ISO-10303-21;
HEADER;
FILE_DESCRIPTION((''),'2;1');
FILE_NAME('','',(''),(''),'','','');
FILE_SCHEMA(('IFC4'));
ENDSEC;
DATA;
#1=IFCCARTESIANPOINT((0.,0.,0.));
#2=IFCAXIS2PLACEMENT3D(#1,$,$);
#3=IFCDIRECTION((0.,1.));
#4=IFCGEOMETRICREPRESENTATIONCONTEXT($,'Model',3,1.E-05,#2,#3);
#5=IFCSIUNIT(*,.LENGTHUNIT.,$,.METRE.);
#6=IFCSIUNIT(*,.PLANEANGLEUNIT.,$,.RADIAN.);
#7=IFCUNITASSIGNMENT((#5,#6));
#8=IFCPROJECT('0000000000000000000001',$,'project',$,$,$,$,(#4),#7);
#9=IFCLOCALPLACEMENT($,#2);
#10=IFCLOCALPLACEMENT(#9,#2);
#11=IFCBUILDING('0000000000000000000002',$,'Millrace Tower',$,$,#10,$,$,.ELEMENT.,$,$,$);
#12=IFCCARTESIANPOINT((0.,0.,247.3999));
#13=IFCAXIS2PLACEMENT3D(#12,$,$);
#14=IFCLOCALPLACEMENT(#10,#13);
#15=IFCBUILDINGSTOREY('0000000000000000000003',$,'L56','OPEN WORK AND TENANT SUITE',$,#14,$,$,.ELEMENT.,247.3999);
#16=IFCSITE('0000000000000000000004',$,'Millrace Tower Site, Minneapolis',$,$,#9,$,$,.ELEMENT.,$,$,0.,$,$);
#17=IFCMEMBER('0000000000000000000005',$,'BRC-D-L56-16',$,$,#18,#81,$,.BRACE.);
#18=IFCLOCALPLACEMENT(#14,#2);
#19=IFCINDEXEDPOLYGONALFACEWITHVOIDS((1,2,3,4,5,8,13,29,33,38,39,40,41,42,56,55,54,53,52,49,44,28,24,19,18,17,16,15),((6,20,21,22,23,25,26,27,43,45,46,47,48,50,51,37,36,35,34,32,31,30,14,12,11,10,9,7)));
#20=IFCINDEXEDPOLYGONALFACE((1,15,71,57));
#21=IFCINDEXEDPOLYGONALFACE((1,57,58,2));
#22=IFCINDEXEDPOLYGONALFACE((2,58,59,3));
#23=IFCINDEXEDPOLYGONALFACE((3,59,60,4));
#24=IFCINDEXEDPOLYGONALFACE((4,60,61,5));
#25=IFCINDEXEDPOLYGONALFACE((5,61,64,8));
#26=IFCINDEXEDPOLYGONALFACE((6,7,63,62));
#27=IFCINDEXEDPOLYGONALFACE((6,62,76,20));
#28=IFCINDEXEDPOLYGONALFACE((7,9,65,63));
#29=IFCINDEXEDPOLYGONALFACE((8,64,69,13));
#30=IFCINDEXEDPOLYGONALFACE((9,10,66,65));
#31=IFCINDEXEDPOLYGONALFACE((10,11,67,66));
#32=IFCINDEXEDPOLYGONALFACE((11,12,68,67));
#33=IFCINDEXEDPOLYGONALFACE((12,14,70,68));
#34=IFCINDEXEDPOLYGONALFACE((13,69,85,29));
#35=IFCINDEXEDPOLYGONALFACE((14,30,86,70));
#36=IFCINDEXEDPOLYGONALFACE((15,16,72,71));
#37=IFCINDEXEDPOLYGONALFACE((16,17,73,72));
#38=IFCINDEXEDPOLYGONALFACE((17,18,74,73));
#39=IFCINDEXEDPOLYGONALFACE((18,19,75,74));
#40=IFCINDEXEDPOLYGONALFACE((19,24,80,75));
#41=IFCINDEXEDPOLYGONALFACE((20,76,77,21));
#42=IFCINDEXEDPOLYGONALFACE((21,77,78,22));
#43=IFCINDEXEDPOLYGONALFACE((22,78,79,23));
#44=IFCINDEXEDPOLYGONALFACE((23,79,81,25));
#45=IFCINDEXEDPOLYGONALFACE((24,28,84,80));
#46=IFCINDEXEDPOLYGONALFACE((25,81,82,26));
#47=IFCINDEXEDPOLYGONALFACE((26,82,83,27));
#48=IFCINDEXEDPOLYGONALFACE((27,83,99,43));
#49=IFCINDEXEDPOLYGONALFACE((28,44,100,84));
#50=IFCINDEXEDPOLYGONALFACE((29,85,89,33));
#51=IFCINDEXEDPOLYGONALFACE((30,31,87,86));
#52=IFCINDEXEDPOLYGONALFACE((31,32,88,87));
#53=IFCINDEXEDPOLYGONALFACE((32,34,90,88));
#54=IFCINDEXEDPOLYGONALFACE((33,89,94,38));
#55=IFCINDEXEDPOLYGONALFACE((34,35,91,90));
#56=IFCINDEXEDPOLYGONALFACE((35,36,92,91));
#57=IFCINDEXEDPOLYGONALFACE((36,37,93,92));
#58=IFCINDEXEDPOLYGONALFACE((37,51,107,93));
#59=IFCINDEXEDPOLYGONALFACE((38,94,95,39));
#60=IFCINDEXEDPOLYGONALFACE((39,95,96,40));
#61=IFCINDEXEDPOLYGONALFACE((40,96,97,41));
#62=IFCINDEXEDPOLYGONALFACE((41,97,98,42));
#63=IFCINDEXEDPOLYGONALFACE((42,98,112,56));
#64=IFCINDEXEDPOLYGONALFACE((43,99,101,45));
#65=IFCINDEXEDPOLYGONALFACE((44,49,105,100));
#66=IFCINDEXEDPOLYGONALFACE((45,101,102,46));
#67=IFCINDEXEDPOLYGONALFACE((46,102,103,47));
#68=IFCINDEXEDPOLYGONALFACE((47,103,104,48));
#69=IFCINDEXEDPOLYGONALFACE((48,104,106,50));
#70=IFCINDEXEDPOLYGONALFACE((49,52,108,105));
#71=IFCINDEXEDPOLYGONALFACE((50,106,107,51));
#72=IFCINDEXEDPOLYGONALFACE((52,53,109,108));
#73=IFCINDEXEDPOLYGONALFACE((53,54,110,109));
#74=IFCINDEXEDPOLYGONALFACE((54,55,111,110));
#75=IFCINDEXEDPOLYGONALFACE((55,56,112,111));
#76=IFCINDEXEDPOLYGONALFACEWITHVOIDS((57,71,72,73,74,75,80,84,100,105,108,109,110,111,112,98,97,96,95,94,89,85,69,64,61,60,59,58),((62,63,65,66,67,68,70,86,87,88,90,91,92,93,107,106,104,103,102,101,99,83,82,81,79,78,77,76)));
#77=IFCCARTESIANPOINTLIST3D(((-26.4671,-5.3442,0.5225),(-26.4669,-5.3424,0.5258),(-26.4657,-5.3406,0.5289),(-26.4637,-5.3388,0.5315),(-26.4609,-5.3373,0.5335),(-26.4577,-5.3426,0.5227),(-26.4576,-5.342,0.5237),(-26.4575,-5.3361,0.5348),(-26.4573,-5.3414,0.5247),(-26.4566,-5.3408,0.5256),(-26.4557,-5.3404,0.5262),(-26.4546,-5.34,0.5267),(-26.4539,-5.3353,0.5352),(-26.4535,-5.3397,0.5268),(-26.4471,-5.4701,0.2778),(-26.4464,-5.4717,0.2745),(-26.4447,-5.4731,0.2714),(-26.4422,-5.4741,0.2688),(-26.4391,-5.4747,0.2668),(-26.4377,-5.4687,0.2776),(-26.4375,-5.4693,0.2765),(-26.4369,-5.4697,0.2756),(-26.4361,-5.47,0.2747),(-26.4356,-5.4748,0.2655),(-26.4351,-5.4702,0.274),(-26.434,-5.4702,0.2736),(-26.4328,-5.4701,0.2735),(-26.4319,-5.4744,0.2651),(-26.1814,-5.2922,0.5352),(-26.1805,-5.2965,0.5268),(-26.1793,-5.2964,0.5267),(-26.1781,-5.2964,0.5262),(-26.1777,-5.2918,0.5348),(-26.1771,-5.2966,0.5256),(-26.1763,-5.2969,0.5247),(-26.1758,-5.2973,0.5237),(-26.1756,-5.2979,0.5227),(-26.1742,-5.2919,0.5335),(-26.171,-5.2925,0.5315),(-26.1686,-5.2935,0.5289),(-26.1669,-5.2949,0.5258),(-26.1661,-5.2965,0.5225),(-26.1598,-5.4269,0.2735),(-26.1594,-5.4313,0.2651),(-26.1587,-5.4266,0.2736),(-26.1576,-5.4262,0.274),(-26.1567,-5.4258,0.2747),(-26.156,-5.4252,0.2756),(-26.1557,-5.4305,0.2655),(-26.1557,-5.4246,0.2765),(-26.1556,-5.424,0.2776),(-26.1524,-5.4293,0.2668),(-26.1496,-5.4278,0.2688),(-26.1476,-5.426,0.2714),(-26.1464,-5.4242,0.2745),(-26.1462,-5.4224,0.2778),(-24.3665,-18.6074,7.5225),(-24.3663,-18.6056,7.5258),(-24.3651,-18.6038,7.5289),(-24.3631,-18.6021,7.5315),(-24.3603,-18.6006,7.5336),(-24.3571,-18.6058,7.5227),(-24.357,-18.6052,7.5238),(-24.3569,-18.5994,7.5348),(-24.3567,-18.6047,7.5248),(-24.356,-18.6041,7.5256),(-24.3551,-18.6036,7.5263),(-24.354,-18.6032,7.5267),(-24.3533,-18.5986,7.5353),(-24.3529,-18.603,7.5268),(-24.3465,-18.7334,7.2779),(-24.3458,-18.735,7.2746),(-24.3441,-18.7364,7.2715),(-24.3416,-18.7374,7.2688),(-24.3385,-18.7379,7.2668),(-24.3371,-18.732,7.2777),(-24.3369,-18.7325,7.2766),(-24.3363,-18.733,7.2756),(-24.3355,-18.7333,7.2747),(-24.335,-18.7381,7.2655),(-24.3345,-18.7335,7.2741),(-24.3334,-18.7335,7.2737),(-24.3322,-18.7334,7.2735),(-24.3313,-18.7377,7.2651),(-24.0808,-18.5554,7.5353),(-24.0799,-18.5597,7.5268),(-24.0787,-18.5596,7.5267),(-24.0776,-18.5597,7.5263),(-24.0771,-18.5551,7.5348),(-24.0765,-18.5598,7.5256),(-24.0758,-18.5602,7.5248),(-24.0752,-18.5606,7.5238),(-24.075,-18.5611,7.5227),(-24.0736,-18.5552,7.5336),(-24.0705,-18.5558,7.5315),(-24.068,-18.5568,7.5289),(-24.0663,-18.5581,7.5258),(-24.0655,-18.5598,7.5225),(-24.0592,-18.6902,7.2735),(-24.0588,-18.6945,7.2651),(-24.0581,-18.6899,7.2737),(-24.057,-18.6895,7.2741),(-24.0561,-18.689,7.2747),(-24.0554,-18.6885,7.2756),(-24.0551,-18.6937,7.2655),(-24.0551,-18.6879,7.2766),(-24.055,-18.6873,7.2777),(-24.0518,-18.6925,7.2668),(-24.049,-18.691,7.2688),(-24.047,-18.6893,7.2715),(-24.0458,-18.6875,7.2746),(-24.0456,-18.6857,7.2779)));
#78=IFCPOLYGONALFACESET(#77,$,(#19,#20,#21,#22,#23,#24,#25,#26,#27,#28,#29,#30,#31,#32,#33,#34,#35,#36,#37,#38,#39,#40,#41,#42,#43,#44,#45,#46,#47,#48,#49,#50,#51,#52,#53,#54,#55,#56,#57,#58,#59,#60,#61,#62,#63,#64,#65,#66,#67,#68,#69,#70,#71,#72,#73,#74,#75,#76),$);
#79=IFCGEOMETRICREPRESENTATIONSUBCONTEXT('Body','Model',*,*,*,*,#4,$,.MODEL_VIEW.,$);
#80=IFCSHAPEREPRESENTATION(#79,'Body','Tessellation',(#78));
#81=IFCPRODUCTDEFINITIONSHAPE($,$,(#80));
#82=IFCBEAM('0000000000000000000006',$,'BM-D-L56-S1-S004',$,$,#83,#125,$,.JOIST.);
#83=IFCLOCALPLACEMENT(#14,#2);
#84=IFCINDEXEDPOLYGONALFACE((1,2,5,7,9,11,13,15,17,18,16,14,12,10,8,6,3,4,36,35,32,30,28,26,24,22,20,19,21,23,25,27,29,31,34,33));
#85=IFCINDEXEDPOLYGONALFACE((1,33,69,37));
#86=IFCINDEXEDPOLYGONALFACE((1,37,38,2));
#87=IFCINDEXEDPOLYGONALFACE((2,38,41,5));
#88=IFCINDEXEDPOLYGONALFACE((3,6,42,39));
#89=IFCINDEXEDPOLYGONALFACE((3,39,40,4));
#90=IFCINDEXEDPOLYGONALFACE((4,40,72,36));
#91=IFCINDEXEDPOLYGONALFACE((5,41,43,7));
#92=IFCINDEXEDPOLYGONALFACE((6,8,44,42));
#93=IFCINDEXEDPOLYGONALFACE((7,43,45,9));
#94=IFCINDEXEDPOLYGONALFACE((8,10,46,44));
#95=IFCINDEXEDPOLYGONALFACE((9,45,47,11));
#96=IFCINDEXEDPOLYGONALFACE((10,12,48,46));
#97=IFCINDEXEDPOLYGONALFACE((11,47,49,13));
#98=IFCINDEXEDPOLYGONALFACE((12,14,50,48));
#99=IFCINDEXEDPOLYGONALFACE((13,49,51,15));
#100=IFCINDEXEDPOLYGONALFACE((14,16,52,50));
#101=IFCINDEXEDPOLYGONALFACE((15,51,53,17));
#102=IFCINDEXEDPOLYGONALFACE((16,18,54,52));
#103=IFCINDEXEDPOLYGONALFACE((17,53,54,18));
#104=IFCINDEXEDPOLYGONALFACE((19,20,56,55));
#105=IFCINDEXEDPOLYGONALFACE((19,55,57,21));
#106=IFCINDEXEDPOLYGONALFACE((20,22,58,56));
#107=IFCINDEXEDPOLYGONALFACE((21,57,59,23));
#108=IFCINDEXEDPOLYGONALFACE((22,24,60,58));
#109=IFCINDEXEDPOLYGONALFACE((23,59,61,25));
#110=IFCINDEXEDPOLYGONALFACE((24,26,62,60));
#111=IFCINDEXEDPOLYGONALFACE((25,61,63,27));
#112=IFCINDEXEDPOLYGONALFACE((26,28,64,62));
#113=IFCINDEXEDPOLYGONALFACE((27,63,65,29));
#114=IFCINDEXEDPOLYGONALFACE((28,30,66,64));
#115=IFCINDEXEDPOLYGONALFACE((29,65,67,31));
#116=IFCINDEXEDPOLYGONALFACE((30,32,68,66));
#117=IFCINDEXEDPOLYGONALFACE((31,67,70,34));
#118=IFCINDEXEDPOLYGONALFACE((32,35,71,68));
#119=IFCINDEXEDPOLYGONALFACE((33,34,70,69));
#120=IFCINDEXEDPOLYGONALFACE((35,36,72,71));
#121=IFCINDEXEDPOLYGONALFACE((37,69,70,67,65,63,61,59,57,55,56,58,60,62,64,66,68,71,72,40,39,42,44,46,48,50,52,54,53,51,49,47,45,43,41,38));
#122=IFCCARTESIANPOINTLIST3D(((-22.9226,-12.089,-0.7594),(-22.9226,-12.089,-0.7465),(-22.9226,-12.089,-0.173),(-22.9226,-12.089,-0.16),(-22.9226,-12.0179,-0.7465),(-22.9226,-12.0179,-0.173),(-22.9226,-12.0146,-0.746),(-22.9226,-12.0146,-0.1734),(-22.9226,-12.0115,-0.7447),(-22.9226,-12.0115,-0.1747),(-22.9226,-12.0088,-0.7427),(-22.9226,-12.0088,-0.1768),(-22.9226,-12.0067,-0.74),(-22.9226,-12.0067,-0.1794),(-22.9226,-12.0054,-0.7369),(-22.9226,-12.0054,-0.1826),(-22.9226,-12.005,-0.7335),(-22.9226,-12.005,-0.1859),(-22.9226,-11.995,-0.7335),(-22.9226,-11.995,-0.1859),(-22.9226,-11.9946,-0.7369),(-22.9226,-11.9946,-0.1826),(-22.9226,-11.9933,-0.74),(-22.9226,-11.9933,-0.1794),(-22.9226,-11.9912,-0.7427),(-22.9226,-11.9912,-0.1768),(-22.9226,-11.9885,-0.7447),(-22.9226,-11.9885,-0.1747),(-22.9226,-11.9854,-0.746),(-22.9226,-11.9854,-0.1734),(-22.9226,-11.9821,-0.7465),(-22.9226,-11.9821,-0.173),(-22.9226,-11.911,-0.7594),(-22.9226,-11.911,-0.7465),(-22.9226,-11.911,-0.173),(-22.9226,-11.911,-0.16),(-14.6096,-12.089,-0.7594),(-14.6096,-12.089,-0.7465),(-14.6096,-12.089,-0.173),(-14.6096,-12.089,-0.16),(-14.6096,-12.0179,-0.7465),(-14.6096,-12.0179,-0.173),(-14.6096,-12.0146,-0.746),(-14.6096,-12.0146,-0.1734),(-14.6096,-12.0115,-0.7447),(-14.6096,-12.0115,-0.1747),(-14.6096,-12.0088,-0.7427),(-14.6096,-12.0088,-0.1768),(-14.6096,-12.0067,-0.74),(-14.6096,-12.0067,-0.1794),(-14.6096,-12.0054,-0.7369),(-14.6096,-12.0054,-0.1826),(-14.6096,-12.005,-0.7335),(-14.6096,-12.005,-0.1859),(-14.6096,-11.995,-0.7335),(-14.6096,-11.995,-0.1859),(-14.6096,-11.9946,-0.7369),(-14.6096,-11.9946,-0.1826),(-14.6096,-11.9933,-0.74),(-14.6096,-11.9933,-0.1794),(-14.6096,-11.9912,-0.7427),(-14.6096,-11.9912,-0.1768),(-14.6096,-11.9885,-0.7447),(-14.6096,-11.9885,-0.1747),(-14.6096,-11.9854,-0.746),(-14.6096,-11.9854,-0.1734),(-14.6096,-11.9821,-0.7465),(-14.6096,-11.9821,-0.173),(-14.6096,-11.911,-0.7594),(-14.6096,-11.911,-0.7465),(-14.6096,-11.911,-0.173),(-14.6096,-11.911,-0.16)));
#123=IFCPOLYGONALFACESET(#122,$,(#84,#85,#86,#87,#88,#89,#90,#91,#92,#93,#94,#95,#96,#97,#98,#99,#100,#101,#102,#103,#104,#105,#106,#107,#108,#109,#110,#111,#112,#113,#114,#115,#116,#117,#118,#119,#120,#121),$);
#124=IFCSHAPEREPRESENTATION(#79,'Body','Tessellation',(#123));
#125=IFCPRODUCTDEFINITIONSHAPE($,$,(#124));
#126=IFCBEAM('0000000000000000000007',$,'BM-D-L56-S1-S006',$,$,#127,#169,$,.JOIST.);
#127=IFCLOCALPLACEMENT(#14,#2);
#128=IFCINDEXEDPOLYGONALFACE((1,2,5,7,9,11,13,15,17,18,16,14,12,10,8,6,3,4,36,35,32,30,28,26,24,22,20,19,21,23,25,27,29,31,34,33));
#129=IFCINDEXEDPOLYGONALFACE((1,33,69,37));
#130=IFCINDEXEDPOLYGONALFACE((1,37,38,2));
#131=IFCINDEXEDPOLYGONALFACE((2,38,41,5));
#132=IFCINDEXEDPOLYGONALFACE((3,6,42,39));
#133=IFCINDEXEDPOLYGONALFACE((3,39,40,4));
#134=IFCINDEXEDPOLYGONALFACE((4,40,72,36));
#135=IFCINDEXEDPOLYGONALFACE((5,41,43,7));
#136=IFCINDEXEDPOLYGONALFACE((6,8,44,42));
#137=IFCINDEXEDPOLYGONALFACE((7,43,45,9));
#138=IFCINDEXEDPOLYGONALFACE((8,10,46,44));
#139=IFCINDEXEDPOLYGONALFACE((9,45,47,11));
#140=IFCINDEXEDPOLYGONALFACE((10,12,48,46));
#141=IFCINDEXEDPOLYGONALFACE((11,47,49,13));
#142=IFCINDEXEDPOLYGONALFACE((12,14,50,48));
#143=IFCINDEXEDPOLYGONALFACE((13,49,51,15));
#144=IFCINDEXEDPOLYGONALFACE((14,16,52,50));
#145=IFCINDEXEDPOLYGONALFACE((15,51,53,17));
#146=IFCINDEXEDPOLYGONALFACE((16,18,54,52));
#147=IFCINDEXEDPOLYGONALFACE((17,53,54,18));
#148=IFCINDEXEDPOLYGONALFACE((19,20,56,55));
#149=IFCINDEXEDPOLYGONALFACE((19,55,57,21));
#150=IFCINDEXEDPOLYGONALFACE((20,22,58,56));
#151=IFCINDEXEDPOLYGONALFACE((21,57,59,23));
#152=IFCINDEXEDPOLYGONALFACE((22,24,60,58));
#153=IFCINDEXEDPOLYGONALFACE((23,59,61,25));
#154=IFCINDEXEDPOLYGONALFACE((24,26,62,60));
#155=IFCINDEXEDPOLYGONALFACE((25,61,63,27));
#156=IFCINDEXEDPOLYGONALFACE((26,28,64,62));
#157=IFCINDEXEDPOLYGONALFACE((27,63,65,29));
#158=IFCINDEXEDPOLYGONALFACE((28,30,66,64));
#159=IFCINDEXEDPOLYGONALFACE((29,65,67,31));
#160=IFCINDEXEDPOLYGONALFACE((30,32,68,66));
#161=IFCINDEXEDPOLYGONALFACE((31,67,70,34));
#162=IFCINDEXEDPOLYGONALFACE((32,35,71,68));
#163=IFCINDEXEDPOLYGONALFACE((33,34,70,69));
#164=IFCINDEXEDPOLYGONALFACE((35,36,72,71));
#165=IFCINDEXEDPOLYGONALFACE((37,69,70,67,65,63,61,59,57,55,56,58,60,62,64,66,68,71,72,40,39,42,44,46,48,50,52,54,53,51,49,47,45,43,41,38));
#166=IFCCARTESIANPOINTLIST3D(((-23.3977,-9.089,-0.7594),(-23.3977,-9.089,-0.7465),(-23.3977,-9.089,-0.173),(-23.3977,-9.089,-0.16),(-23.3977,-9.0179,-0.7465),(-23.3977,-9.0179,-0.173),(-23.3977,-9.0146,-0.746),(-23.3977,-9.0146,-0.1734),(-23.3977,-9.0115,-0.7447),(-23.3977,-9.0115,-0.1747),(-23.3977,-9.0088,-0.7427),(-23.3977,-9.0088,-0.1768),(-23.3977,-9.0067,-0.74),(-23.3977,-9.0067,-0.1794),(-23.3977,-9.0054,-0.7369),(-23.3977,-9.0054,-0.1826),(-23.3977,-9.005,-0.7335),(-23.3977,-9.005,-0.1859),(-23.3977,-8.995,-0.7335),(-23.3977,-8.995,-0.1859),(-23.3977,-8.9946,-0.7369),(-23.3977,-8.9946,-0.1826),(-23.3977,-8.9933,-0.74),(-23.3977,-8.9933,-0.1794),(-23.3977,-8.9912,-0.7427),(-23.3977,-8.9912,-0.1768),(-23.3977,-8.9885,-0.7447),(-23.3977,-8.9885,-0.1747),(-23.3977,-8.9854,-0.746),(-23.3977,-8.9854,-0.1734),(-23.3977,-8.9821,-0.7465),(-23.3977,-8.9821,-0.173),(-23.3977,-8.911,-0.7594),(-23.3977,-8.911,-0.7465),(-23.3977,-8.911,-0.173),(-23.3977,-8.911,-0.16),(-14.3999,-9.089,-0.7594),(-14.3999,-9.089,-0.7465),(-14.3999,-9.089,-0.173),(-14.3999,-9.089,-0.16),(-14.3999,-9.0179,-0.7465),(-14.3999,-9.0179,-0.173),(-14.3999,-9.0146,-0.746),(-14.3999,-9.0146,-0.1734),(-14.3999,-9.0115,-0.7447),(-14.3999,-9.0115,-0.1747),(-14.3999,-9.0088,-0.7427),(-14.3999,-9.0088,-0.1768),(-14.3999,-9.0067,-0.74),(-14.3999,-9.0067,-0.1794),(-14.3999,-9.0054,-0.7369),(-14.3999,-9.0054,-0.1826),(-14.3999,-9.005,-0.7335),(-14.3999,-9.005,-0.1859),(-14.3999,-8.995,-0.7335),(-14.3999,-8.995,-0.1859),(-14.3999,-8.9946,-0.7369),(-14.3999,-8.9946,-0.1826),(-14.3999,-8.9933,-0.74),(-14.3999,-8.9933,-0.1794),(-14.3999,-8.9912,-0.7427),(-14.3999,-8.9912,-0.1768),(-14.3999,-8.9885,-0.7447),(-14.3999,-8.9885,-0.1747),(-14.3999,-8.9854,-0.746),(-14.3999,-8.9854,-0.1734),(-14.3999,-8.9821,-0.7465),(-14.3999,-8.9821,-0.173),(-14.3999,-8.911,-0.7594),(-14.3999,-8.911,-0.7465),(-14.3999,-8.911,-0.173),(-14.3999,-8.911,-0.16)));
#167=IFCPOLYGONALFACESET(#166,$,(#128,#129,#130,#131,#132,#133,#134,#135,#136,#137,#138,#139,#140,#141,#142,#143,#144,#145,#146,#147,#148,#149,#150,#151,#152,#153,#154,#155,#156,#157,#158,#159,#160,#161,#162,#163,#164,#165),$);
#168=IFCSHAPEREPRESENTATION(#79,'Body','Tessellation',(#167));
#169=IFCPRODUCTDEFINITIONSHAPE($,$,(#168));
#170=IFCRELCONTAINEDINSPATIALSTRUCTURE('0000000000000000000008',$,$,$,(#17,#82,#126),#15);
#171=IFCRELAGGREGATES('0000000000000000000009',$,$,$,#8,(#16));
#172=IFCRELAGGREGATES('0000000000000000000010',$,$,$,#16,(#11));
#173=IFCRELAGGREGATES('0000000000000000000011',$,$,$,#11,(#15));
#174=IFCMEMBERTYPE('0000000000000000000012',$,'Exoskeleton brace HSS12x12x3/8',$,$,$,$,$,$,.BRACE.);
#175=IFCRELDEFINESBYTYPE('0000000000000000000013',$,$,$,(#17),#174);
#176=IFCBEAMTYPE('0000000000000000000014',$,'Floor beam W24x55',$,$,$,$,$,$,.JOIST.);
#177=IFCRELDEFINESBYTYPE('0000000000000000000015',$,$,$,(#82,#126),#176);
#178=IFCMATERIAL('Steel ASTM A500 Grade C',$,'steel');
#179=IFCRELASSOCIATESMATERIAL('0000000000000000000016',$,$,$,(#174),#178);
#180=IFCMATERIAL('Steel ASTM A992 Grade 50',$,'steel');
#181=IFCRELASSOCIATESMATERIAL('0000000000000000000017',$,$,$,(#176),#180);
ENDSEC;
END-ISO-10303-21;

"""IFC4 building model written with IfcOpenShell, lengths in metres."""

from ifc_helpers import new_model, si_unit, direction, frame, origin, origin_2d, place, context, subcontext, project, spatial, hollow_rectangle, i_section, extrude, material, material_profile, profile_set, type_object, element, save


model = new_model("IFC4")

# Units and contexts
model_context = context("Model", 3, precision=1e-05, world=origin(), true_north=direction((0.0, 1.0)))
body_context = subcontext(model_context, "Body", "Model", "MODEL_VIEW")
ifc_project = project(units=[si_unit("LENGTHUNIT", "METRE"), si_unit("PLANEANGLEUNIT", "RADIAN")], contexts=[model_context])

# Site, building, storey
site_placement = place(None, origin())
site = spatial("IfcSite", under=ifc_project, at=site_placement, Name="Millrace Tower Site, Minneapolis", CompositionType="ELEMENT", RefElevation=0.0)
building_placement = place(site_placement, origin())
building = spatial("IfcBuilding", under=site, at=building_placement, Name="Millrace Tower", CompositionType="ELEMENT")
storey_placement = place(building_placement, frame((0.0, 0.0, 247.3999)))
storey = spatial("IfcBuildingStorey", under=building, at=storey_placement, Name="L56", Description="OPEN WORK AND TENANT SUITE", CompositionType="ELEMENT", Elevation=247.3999)

# Member
ifc_material_1 = material(Name="Steel ASTM A500 Grade C", Category="steel")
ifc_material_profile_1 = material_profile(ifc_material_1, hollow_rectangle(XDim=0.3047, YDim=0.3047, WallThickness=0.0095, InnerFilletRadius=0.0046, OuterFilletRadius=0.0144, at=origin_2d()))
ifc_profile_set_1 = profile_set([ifc_material_profile_1], Name="Steel ASTM A500 Grade C")
member_type_1 = type_object("IfcMemberType", Name="Exoskeleton brace HSS12x12x3/8", PredefinedType="BRACE", material=ifc_profile_set_1)
member_1_placement = place(storey_placement, frame((-26.3066, -5.3833, 0.4001), z_axis=(0.138712, -0.875836, 0.462246), x_axis=(0.987689, 0.156427, 0.0)))
element("IfcMember", 1, at=member_1_placement, inside=storey, type_object=member_type_1, Name="BRC-D-L56-16", PredefinedType="BRACE", context=body_context, shape_type="SweptSolid", body=[
    extrude(hollow_rectangle(XDim=0.3047, YDim=0.3047, WallThickness=0.0095, InnerFilletRadius=0.0046, OuterFilletRadius=0.0144, at=origin_2d()), origin(), (0.0, 0.0, 1.0), 15.1436),
])

# Beams
ifc_material_2 = material(Name="Steel ASTM A992 Grade 50", Category="steel")
ifc_material_profile_2 = material_profile(ifc_material_2, i_section(OverallWidth=0.178, OverallDepth=0.5994, WebThickness=0.01, FlangeThickness=0.0129, FilletRadius=0.0129, at=origin_2d()))
ifc_profile_set_2 = profile_set([ifc_material_profile_2], Name="Steel ASTM A992 Grade 50")
beam_type_1 = type_object("IfcBeamType", Name="Floor beam W24x55", PredefinedType="JOIST", material=ifc_profile_set_2)
beam_1_placement = place(storey_placement, frame((-22.9226, -12.0, -0.4597), z_axis=(1.0, 0.0, 0.0), x_axis=(0.0, 1.0, 0.0)))
element("IfcBeam", 2, at=beam_1_placement, inside=storey, type_object=beam_type_1, Name="BM-D-L56-S1-S004", PredefinedType="JOIST", context=body_context, shape_type="SweptSolid", body=[
    extrude(i_section(OverallWidth=0.178, OverallDepth=0.5994, WebThickness=0.01, FlangeThickness=0.0129, FilletRadius=0.0129, at=origin_2d()), origin(), (0.0, 0.0, 1.0), 8.313),
])
beam_2_placement = place(storey_placement, frame((-23.3977, -9.0, -0.4597), z_axis=(1.0, 0.0, 0.0), x_axis=(0.0, 1.0, 0.0)))
element("IfcBeam", 3, at=beam_2_placement, inside=storey, type_object=beam_type_1, Name="BM-D-L56-S1-S006", PredefinedType="JOIST", context=body_context, shape_type="SweptSolid", body=[
    extrude(i_section(OverallWidth=0.178, OverallDepth=0.5994, WebThickness=0.01, FlangeThickness=0.0129, FilletRadius=0.0129, at=origin_2d()), origin(), (0.0, 0.0, 1.0), 8.9978),
])

save(model, "model.ifc")
